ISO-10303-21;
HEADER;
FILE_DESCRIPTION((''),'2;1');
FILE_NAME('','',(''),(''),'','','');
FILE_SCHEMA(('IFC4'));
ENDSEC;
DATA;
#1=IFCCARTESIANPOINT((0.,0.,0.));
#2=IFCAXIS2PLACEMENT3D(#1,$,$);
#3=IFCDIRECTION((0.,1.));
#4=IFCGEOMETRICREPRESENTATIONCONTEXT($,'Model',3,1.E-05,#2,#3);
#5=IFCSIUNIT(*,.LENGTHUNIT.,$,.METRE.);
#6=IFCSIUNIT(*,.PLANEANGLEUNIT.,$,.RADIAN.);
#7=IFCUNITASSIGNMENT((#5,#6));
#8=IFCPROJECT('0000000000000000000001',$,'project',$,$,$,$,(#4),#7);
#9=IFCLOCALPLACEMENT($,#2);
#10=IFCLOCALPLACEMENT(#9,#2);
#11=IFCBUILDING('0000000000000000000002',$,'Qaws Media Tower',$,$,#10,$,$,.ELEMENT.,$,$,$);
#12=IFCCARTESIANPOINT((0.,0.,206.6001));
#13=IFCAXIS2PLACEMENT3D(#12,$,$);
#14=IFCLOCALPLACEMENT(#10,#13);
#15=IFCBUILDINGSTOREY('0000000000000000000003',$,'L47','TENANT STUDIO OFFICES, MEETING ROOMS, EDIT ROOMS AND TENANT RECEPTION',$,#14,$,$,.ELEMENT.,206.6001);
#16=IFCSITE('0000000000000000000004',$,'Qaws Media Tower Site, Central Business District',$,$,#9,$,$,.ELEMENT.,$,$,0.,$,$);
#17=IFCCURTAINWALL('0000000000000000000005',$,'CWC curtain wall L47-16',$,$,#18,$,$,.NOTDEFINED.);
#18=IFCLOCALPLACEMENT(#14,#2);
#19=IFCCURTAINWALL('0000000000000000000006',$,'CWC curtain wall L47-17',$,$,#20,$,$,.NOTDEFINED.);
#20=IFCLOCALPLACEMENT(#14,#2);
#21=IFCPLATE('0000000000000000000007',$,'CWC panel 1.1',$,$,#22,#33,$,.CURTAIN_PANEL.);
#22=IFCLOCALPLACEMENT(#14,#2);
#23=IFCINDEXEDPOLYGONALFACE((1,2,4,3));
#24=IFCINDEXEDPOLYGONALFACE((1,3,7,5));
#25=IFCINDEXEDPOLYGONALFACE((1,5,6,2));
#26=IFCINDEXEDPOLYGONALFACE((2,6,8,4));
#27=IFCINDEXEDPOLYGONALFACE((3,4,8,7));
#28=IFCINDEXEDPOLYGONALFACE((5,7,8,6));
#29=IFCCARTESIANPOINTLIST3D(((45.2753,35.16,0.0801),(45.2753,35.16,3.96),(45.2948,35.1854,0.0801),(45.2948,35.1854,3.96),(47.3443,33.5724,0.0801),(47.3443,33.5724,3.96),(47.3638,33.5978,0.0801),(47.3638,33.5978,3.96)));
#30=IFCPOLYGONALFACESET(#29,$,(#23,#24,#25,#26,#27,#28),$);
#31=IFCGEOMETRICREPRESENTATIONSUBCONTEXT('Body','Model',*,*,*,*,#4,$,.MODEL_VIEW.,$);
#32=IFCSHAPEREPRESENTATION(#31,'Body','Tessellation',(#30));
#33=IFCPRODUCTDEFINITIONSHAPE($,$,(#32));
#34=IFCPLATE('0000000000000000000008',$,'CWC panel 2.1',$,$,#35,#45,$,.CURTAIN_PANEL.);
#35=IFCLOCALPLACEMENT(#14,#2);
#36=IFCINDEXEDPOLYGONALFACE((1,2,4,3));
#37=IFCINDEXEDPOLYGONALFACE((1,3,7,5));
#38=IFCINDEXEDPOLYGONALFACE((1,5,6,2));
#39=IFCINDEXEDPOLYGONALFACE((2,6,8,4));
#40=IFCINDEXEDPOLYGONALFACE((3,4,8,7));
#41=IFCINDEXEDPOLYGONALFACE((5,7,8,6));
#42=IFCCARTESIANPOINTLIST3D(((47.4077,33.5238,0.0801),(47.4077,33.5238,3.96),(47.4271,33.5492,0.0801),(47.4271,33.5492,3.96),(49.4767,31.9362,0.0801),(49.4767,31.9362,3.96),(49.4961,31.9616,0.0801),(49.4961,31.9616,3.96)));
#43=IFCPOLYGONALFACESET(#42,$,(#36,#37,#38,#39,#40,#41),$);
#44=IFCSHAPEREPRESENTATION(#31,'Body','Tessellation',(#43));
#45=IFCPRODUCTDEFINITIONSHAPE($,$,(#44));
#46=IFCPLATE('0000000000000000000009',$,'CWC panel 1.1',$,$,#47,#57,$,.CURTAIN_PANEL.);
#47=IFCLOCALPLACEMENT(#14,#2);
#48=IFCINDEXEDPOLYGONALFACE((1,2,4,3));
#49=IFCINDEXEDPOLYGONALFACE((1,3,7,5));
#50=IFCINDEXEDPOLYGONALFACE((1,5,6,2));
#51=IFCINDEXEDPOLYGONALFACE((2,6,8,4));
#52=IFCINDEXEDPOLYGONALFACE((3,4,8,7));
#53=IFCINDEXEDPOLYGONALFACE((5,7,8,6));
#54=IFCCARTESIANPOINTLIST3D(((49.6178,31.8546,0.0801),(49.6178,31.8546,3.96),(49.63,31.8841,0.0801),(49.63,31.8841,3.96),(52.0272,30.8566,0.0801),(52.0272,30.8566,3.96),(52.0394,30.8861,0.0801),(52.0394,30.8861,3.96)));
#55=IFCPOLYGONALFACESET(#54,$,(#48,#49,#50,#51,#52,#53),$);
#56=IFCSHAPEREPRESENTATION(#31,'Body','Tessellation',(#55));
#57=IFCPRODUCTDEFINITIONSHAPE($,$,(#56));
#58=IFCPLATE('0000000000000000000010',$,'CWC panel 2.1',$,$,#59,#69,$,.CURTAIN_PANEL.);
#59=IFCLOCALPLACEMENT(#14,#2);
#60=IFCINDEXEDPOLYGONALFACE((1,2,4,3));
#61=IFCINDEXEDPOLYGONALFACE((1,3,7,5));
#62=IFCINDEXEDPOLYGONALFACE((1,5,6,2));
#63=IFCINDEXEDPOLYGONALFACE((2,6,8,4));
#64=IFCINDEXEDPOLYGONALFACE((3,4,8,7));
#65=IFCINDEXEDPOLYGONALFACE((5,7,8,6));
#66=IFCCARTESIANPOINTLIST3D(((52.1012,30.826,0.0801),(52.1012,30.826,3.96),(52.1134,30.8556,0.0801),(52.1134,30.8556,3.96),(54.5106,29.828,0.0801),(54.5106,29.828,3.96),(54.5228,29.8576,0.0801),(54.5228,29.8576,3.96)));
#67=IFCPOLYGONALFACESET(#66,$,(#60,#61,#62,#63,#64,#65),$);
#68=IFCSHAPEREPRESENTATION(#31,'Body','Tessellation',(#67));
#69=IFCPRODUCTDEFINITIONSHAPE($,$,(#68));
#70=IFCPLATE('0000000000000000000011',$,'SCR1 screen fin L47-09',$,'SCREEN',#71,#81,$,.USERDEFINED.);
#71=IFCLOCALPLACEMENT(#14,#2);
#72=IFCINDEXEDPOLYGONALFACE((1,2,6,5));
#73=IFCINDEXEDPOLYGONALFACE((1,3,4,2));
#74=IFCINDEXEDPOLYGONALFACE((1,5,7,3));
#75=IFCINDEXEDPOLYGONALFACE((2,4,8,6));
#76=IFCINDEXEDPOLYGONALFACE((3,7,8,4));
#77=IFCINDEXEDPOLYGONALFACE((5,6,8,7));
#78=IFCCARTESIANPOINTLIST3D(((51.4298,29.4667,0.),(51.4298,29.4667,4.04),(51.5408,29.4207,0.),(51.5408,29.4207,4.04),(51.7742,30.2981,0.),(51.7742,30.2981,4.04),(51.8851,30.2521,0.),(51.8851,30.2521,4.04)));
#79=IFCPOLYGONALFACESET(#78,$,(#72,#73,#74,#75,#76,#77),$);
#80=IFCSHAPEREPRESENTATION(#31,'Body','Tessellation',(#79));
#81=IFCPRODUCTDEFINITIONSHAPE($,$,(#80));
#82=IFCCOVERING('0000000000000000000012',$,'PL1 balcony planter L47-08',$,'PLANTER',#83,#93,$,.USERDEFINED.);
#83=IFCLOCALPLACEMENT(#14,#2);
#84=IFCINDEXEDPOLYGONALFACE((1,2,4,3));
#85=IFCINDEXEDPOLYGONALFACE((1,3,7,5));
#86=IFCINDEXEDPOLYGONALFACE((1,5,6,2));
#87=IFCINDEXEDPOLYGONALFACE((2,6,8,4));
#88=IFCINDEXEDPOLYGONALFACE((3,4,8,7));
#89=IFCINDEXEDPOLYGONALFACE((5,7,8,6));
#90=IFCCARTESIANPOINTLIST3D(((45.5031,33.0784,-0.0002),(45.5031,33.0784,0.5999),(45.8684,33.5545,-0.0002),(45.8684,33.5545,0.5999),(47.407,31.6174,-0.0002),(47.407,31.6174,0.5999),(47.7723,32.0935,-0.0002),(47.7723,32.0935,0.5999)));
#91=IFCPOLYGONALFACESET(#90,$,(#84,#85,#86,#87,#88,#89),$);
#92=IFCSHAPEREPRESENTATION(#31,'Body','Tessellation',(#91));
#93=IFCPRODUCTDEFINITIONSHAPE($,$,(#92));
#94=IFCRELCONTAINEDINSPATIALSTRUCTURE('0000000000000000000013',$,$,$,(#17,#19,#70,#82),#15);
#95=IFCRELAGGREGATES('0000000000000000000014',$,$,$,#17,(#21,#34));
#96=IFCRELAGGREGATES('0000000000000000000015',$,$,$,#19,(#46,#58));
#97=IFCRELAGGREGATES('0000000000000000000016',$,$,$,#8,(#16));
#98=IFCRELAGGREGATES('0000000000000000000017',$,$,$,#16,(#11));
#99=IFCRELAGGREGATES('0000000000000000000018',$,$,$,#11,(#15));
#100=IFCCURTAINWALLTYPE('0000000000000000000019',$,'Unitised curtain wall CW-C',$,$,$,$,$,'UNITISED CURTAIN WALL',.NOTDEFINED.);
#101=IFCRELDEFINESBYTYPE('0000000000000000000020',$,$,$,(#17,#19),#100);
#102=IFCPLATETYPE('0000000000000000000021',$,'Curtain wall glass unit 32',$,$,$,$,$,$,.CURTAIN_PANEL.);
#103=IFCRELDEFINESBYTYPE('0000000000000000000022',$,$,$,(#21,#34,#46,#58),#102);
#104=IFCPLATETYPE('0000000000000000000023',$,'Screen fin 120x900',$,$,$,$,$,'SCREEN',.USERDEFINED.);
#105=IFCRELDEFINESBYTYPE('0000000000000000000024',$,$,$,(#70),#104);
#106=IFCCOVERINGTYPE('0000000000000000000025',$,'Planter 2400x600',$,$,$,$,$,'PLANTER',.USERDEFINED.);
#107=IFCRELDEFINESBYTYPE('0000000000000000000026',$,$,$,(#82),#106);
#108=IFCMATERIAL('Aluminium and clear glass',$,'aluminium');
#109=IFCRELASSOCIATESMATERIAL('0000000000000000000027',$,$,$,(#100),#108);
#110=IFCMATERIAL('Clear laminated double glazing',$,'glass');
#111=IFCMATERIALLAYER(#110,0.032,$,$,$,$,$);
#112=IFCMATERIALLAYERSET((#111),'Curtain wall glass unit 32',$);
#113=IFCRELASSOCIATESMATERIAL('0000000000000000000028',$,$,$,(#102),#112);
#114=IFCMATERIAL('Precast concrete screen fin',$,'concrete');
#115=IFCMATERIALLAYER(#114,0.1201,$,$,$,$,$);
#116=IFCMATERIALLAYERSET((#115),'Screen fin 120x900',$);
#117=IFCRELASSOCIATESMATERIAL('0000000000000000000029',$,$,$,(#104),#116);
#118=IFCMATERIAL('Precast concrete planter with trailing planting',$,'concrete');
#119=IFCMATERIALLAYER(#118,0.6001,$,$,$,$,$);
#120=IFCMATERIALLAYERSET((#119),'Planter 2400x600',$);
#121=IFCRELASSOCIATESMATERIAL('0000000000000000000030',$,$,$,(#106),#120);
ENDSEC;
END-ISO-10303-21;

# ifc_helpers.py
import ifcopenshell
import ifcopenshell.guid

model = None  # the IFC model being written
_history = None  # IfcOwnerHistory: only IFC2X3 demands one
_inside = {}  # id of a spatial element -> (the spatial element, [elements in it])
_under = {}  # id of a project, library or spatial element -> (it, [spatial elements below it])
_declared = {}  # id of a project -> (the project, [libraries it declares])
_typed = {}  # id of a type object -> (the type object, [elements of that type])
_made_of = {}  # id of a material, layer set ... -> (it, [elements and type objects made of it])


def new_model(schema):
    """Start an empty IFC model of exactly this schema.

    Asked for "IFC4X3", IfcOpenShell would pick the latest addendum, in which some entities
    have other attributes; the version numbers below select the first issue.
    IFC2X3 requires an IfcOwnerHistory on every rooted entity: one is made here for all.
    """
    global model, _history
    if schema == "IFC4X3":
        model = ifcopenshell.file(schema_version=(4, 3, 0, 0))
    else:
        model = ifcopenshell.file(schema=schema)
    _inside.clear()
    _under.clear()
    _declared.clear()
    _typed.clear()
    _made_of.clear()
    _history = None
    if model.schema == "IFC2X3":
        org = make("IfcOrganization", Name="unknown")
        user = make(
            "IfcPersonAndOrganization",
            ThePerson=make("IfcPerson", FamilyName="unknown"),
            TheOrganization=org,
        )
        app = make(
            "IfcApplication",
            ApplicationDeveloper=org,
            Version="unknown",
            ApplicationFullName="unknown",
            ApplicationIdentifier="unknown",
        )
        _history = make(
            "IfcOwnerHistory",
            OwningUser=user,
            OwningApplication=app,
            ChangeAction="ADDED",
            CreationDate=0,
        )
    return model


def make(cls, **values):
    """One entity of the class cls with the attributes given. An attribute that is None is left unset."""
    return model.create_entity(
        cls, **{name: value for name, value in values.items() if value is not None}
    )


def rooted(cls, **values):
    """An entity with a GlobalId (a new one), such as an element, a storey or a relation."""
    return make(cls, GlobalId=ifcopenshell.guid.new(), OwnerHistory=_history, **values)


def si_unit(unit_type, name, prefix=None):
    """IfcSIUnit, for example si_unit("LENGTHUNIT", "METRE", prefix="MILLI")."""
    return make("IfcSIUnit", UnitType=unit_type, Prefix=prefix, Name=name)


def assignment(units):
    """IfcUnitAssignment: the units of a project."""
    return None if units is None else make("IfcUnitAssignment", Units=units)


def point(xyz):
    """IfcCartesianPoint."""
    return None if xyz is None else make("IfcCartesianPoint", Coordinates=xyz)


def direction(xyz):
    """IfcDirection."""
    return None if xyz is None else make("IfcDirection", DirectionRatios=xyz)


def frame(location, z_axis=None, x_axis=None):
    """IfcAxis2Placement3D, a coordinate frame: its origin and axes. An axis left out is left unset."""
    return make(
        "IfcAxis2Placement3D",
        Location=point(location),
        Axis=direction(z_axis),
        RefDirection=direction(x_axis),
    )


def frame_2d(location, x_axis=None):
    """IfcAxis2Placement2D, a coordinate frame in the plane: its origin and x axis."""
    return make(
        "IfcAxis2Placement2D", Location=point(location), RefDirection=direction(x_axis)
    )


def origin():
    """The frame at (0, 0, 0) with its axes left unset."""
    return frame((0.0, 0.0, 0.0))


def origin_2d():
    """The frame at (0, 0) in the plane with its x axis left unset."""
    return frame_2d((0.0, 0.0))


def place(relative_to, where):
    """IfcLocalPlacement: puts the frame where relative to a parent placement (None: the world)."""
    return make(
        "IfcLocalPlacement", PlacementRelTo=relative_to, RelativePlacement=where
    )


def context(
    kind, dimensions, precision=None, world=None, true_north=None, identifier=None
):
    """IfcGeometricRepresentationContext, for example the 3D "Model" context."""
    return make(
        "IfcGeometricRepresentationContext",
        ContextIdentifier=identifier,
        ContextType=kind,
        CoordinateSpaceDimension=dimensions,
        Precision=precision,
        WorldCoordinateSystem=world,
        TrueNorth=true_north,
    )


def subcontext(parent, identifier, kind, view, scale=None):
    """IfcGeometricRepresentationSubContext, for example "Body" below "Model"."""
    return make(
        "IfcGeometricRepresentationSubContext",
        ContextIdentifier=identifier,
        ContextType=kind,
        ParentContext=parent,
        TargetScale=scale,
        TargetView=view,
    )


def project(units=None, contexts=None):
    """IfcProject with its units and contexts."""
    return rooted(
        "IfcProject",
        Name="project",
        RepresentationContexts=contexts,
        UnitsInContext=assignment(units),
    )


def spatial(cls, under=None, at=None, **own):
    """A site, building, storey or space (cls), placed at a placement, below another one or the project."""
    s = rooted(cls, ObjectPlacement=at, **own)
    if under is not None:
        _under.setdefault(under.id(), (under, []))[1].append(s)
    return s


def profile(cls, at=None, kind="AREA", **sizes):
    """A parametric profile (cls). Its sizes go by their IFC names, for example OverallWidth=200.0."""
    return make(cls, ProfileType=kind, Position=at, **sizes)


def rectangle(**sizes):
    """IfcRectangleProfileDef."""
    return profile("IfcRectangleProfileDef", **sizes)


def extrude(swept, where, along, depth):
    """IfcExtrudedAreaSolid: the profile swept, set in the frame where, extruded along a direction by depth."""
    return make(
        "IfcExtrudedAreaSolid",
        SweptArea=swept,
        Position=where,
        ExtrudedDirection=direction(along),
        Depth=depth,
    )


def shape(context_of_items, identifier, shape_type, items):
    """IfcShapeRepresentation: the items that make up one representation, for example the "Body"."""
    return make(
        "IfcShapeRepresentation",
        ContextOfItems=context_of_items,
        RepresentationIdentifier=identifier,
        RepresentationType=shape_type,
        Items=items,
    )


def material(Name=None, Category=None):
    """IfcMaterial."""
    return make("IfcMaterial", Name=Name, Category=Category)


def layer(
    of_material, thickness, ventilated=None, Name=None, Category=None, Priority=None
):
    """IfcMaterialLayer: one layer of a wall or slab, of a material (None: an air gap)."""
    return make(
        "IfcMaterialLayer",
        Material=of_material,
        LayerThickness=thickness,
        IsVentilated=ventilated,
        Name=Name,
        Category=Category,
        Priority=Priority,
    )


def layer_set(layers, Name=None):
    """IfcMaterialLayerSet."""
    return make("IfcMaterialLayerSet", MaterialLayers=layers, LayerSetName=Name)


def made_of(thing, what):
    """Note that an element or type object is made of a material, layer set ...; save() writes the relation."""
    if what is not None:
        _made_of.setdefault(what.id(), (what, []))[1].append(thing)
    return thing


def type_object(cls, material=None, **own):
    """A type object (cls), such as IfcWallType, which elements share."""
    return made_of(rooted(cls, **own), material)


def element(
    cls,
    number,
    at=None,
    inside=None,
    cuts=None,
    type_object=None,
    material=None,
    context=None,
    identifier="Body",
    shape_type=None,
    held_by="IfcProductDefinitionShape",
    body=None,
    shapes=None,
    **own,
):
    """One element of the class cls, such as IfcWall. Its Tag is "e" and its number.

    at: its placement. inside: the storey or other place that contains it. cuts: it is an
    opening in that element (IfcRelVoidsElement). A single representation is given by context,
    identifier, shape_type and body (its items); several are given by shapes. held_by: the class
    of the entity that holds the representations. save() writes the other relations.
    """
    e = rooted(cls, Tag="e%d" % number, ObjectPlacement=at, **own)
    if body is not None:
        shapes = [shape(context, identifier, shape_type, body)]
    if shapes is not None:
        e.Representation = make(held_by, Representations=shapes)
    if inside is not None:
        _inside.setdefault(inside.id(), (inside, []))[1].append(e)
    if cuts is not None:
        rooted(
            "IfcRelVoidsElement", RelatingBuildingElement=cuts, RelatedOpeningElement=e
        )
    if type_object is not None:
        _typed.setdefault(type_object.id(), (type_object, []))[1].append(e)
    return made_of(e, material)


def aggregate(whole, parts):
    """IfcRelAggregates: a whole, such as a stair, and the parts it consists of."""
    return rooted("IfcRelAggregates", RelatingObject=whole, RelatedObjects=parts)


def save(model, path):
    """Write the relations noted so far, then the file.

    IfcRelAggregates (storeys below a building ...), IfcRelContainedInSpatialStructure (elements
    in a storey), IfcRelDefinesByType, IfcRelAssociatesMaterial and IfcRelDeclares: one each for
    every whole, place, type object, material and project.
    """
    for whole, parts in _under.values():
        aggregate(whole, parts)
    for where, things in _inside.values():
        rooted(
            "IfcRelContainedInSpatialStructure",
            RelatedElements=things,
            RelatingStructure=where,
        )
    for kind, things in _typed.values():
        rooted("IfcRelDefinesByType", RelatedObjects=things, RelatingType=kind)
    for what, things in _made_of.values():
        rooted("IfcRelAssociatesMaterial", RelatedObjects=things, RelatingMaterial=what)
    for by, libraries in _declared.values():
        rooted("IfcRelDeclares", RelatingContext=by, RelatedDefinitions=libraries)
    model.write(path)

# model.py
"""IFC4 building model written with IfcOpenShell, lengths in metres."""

from ifc_helpers import new_model, si_unit, direction, frame, origin, origin_2d, place, context, subcontext, project, spatial, rectangle, extrude, material, layer, layer_set, type_object, element, aggregate, save


model = new_model("IFC4")

# Units and contexts
model_context = context("Model", 3, precision=1e-05, world=origin(), true_north=direction((0.0, 1.0)))
body_context = subcontext(model_context, "Body", "Model", "MODEL_VIEW")
ifc_project = project(units=[si_unit("LENGTHUNIT", "METRE"), si_unit("PLANEANGLEUNIT", "RADIAN")], contexts=[model_context])

# Site, building, storey
site_placement = place(None, origin())
site = spatial("IfcSite", under=ifc_project, at=site_placement, Name="Qaws Media Tower Site, Central Business District", CompositionType="ELEMENT", RefElevation=0.0)
building_placement = place(site_placement, origin())
building = spatial("IfcBuilding", under=site, at=building_placement, Name="Qaws Media Tower", CompositionType="ELEMENT")
storey_placement = place(building_placement, frame((0.0, 0.0, 206.6001)))
storey = spatial("IfcBuildingStorey", under=building, at=storey_placement, Name="L47", Description="TENANT STUDIO OFFICES, MEETING ROOMS, EDIT ROOMS AND TENANT RECEPTION", CompositionType="ELEMENT", Elevation=206.6001)

# Curtain walls
ifc_material_1 = material(Name="Aluminium and clear glass", Category="aluminium")
curtain_wall_type = type_object("IfcCurtainWallType", Name="Unitised curtain wall CW-C", ElementType="UNITISED CURTAIN WALL", PredefinedType="NOTDEFINED", material=ifc_material_1)
curtain_wall_1_placement = place(storey_placement, origin())
curtain_wall_1 = element("IfcCurtainWall", 1, at=curtain_wall_1_placement, inside=storey, type_object=curtain_wall_type, Name="CWC curtain wall L47-16", PredefinedType="NOTDEFINED")
curtain_wall_2_placement = place(storey_placement, origin())
curtain_wall_2 = element("IfcCurtainWall", 2, at=curtain_wall_2_placement, inside=storey, type_object=curtain_wall_type, Name="CWC curtain wall L47-17", PredefinedType="NOTDEFINED")

# Plates
ifc_material_2 = material(Name="Clear laminated double glazing", Category="glass")
ifc_layer_1 = layer(ifc_material_2, 0.032)
ifc_layer_set_1 = layer_set([ifc_layer_1], Name="Curtain wall glass unit 32")
plate_type_1 = type_object("IfcPlateType", Name="Curtain wall glass unit 32", PredefinedType="CURTAIN_PANEL", material=ifc_layer_set_1)
plate_1_placement = place(storey_placement, frame((46.3196, 34.3789, 0.0801), z_axis=(0.0, 0.0, 1.0), x_axis=(0.793353, -0.608761, 0.0)))
plate_1 = element("IfcPlate", 3, at=plate_1_placement, type_object=plate_type_1, Name="CWC panel 1.1", PredefinedType="CURTAIN_PANEL", context=body_context, shape_type="SweptSolid", body=[
    extrude(rectangle(XDim=2.6079, YDim=0.032, at=origin_2d()), origin(), (0.0, 0.0, 1.0), 3.8799),
])
plate_2_placement = place(storey_placement, frame((48.4519, 32.7427, 0.0801), z_axis=(0.0, 0.0, 1.0), x_axis=(0.793353, -0.608761, 0.0)))
plate_2 = element("IfcPlate", 4, at=plate_2_placement, type_object=plate_type_1, Name="CWC panel 2.1", PredefinedType="CURTAIN_PANEL", context=body_context, shape_type="SweptSolid", body=[
    extrude(rectangle(XDim=2.6079, YDim=0.032, at=origin_2d()), origin(), (0.0, 0.0, 1.0), 3.8799),
])
aggregate(curtain_wall_1, [plate_1, plate_2])
plate_3_placement = place(storey_placement, frame((50.8286, 31.3704, 0.0801), z_axis=(0.0, 0.0, 1.0), x_axis=(0.92388, -0.382683, 0.0)))
plate_3 = element("IfcPlate", 5, at=plate_3_placement, type_object=plate_type_1, Name="CWC panel 1.1", PredefinedType="CURTAIN_PANEL", context=body_context, shape_type="SweptSolid", body=[
    extrude(rectangle(XDim=2.6079, YDim=0.032, at=origin_2d()), origin(), (0.0, 0.0, 1.0), 3.8799),
])
plate_4_placement = place(storey_placement, frame((53.312, 30.3418, 0.0801), z_axis=(0.0, 0.0, 1.0), x_axis=(0.92388, -0.382683, 0.0)))
plate_4 = element("IfcPlate", 6, at=plate_4_placement, type_object=plate_type_1, Name="CWC panel 2.1", PredefinedType="CURTAIN_PANEL", context=body_context, shape_type="SweptSolid", body=[
    extrude(rectangle(XDim=2.6079, YDim=0.032, at=origin_2d()), origin(), (0.0, 0.0, 1.0), 3.8799),
])
aggregate(curtain_wall_2, [plate_3, plate_4])
ifc_material_3 = material(Name="Precast concrete screen fin", Category="concrete")
ifc_layer_2 = layer(ifc_material_3, 0.1201)
ifc_layer_set_2 = layer_set([ifc_layer_2], Name="Screen fin 120x900")
plate_type_2 = type_object("IfcPlateType", Name="Screen fin 120x900", ElementType="SCREEN", PredefinedType="USERDEFINED", material=ifc_layer_set_2)
plate_5_placement = place(storey_placement, frame((51.6575, 29.8594, 0.0), z_axis=(0.0, 0.0, 1.0), x_axis=(-0.382683, -0.92388, 0.0)))
element("IfcPlate", 7, at=plate_5_placement, inside=storey, type_object=plate_type_2, Name="SCR1 screen fin L47-09", ObjectType="SCREEN", PredefinedType="USERDEFINED", context=body_context, shape_type="SweptSolid", body=[
    extrude(rectangle(XDim=0.8999, YDim=0.1201, at=origin_2d()), origin(), (0.0, 0.0, 1.0), 4.04),
])

# Covering
ifc_material_4 = material(Name="Precast concrete planter with trailing planting", Category="concrete")
ifc_layer_3 = layer(ifc_material_4, 0.6001)
ifc_layer_set_3 = layer_set([ifc_layer_3], Name="Planter 2400x600")
covering_type = type_object("IfcCoveringType", Name="Planter 2400x600", ElementType="PLANTER", PredefinedType="USERDEFINED", material=ifc_layer_set_3)
covering_placement = place(storey_placement, frame((46.6377, 32.5859, -0.0002), z_axis=(0.0, 0.0, 1.0), x_axis=(0.793353, -0.608761, 0.0)))
element("IfcCovering", 8, at=covering_placement, inside=storey, type_object=covering_type, Name="PL1 balcony planter L47-08", ObjectType="PLANTER", PredefinedType="USERDEFINED", context=body_context, shape_type="SweptSolid", body=[
    extrude(rectangle(XDim=2.3999, YDim=0.6001, at=origin_2d()), origin(), (0.0, 0.0, 1.0), 0.6001),
])

save(model, "model.ifc")
